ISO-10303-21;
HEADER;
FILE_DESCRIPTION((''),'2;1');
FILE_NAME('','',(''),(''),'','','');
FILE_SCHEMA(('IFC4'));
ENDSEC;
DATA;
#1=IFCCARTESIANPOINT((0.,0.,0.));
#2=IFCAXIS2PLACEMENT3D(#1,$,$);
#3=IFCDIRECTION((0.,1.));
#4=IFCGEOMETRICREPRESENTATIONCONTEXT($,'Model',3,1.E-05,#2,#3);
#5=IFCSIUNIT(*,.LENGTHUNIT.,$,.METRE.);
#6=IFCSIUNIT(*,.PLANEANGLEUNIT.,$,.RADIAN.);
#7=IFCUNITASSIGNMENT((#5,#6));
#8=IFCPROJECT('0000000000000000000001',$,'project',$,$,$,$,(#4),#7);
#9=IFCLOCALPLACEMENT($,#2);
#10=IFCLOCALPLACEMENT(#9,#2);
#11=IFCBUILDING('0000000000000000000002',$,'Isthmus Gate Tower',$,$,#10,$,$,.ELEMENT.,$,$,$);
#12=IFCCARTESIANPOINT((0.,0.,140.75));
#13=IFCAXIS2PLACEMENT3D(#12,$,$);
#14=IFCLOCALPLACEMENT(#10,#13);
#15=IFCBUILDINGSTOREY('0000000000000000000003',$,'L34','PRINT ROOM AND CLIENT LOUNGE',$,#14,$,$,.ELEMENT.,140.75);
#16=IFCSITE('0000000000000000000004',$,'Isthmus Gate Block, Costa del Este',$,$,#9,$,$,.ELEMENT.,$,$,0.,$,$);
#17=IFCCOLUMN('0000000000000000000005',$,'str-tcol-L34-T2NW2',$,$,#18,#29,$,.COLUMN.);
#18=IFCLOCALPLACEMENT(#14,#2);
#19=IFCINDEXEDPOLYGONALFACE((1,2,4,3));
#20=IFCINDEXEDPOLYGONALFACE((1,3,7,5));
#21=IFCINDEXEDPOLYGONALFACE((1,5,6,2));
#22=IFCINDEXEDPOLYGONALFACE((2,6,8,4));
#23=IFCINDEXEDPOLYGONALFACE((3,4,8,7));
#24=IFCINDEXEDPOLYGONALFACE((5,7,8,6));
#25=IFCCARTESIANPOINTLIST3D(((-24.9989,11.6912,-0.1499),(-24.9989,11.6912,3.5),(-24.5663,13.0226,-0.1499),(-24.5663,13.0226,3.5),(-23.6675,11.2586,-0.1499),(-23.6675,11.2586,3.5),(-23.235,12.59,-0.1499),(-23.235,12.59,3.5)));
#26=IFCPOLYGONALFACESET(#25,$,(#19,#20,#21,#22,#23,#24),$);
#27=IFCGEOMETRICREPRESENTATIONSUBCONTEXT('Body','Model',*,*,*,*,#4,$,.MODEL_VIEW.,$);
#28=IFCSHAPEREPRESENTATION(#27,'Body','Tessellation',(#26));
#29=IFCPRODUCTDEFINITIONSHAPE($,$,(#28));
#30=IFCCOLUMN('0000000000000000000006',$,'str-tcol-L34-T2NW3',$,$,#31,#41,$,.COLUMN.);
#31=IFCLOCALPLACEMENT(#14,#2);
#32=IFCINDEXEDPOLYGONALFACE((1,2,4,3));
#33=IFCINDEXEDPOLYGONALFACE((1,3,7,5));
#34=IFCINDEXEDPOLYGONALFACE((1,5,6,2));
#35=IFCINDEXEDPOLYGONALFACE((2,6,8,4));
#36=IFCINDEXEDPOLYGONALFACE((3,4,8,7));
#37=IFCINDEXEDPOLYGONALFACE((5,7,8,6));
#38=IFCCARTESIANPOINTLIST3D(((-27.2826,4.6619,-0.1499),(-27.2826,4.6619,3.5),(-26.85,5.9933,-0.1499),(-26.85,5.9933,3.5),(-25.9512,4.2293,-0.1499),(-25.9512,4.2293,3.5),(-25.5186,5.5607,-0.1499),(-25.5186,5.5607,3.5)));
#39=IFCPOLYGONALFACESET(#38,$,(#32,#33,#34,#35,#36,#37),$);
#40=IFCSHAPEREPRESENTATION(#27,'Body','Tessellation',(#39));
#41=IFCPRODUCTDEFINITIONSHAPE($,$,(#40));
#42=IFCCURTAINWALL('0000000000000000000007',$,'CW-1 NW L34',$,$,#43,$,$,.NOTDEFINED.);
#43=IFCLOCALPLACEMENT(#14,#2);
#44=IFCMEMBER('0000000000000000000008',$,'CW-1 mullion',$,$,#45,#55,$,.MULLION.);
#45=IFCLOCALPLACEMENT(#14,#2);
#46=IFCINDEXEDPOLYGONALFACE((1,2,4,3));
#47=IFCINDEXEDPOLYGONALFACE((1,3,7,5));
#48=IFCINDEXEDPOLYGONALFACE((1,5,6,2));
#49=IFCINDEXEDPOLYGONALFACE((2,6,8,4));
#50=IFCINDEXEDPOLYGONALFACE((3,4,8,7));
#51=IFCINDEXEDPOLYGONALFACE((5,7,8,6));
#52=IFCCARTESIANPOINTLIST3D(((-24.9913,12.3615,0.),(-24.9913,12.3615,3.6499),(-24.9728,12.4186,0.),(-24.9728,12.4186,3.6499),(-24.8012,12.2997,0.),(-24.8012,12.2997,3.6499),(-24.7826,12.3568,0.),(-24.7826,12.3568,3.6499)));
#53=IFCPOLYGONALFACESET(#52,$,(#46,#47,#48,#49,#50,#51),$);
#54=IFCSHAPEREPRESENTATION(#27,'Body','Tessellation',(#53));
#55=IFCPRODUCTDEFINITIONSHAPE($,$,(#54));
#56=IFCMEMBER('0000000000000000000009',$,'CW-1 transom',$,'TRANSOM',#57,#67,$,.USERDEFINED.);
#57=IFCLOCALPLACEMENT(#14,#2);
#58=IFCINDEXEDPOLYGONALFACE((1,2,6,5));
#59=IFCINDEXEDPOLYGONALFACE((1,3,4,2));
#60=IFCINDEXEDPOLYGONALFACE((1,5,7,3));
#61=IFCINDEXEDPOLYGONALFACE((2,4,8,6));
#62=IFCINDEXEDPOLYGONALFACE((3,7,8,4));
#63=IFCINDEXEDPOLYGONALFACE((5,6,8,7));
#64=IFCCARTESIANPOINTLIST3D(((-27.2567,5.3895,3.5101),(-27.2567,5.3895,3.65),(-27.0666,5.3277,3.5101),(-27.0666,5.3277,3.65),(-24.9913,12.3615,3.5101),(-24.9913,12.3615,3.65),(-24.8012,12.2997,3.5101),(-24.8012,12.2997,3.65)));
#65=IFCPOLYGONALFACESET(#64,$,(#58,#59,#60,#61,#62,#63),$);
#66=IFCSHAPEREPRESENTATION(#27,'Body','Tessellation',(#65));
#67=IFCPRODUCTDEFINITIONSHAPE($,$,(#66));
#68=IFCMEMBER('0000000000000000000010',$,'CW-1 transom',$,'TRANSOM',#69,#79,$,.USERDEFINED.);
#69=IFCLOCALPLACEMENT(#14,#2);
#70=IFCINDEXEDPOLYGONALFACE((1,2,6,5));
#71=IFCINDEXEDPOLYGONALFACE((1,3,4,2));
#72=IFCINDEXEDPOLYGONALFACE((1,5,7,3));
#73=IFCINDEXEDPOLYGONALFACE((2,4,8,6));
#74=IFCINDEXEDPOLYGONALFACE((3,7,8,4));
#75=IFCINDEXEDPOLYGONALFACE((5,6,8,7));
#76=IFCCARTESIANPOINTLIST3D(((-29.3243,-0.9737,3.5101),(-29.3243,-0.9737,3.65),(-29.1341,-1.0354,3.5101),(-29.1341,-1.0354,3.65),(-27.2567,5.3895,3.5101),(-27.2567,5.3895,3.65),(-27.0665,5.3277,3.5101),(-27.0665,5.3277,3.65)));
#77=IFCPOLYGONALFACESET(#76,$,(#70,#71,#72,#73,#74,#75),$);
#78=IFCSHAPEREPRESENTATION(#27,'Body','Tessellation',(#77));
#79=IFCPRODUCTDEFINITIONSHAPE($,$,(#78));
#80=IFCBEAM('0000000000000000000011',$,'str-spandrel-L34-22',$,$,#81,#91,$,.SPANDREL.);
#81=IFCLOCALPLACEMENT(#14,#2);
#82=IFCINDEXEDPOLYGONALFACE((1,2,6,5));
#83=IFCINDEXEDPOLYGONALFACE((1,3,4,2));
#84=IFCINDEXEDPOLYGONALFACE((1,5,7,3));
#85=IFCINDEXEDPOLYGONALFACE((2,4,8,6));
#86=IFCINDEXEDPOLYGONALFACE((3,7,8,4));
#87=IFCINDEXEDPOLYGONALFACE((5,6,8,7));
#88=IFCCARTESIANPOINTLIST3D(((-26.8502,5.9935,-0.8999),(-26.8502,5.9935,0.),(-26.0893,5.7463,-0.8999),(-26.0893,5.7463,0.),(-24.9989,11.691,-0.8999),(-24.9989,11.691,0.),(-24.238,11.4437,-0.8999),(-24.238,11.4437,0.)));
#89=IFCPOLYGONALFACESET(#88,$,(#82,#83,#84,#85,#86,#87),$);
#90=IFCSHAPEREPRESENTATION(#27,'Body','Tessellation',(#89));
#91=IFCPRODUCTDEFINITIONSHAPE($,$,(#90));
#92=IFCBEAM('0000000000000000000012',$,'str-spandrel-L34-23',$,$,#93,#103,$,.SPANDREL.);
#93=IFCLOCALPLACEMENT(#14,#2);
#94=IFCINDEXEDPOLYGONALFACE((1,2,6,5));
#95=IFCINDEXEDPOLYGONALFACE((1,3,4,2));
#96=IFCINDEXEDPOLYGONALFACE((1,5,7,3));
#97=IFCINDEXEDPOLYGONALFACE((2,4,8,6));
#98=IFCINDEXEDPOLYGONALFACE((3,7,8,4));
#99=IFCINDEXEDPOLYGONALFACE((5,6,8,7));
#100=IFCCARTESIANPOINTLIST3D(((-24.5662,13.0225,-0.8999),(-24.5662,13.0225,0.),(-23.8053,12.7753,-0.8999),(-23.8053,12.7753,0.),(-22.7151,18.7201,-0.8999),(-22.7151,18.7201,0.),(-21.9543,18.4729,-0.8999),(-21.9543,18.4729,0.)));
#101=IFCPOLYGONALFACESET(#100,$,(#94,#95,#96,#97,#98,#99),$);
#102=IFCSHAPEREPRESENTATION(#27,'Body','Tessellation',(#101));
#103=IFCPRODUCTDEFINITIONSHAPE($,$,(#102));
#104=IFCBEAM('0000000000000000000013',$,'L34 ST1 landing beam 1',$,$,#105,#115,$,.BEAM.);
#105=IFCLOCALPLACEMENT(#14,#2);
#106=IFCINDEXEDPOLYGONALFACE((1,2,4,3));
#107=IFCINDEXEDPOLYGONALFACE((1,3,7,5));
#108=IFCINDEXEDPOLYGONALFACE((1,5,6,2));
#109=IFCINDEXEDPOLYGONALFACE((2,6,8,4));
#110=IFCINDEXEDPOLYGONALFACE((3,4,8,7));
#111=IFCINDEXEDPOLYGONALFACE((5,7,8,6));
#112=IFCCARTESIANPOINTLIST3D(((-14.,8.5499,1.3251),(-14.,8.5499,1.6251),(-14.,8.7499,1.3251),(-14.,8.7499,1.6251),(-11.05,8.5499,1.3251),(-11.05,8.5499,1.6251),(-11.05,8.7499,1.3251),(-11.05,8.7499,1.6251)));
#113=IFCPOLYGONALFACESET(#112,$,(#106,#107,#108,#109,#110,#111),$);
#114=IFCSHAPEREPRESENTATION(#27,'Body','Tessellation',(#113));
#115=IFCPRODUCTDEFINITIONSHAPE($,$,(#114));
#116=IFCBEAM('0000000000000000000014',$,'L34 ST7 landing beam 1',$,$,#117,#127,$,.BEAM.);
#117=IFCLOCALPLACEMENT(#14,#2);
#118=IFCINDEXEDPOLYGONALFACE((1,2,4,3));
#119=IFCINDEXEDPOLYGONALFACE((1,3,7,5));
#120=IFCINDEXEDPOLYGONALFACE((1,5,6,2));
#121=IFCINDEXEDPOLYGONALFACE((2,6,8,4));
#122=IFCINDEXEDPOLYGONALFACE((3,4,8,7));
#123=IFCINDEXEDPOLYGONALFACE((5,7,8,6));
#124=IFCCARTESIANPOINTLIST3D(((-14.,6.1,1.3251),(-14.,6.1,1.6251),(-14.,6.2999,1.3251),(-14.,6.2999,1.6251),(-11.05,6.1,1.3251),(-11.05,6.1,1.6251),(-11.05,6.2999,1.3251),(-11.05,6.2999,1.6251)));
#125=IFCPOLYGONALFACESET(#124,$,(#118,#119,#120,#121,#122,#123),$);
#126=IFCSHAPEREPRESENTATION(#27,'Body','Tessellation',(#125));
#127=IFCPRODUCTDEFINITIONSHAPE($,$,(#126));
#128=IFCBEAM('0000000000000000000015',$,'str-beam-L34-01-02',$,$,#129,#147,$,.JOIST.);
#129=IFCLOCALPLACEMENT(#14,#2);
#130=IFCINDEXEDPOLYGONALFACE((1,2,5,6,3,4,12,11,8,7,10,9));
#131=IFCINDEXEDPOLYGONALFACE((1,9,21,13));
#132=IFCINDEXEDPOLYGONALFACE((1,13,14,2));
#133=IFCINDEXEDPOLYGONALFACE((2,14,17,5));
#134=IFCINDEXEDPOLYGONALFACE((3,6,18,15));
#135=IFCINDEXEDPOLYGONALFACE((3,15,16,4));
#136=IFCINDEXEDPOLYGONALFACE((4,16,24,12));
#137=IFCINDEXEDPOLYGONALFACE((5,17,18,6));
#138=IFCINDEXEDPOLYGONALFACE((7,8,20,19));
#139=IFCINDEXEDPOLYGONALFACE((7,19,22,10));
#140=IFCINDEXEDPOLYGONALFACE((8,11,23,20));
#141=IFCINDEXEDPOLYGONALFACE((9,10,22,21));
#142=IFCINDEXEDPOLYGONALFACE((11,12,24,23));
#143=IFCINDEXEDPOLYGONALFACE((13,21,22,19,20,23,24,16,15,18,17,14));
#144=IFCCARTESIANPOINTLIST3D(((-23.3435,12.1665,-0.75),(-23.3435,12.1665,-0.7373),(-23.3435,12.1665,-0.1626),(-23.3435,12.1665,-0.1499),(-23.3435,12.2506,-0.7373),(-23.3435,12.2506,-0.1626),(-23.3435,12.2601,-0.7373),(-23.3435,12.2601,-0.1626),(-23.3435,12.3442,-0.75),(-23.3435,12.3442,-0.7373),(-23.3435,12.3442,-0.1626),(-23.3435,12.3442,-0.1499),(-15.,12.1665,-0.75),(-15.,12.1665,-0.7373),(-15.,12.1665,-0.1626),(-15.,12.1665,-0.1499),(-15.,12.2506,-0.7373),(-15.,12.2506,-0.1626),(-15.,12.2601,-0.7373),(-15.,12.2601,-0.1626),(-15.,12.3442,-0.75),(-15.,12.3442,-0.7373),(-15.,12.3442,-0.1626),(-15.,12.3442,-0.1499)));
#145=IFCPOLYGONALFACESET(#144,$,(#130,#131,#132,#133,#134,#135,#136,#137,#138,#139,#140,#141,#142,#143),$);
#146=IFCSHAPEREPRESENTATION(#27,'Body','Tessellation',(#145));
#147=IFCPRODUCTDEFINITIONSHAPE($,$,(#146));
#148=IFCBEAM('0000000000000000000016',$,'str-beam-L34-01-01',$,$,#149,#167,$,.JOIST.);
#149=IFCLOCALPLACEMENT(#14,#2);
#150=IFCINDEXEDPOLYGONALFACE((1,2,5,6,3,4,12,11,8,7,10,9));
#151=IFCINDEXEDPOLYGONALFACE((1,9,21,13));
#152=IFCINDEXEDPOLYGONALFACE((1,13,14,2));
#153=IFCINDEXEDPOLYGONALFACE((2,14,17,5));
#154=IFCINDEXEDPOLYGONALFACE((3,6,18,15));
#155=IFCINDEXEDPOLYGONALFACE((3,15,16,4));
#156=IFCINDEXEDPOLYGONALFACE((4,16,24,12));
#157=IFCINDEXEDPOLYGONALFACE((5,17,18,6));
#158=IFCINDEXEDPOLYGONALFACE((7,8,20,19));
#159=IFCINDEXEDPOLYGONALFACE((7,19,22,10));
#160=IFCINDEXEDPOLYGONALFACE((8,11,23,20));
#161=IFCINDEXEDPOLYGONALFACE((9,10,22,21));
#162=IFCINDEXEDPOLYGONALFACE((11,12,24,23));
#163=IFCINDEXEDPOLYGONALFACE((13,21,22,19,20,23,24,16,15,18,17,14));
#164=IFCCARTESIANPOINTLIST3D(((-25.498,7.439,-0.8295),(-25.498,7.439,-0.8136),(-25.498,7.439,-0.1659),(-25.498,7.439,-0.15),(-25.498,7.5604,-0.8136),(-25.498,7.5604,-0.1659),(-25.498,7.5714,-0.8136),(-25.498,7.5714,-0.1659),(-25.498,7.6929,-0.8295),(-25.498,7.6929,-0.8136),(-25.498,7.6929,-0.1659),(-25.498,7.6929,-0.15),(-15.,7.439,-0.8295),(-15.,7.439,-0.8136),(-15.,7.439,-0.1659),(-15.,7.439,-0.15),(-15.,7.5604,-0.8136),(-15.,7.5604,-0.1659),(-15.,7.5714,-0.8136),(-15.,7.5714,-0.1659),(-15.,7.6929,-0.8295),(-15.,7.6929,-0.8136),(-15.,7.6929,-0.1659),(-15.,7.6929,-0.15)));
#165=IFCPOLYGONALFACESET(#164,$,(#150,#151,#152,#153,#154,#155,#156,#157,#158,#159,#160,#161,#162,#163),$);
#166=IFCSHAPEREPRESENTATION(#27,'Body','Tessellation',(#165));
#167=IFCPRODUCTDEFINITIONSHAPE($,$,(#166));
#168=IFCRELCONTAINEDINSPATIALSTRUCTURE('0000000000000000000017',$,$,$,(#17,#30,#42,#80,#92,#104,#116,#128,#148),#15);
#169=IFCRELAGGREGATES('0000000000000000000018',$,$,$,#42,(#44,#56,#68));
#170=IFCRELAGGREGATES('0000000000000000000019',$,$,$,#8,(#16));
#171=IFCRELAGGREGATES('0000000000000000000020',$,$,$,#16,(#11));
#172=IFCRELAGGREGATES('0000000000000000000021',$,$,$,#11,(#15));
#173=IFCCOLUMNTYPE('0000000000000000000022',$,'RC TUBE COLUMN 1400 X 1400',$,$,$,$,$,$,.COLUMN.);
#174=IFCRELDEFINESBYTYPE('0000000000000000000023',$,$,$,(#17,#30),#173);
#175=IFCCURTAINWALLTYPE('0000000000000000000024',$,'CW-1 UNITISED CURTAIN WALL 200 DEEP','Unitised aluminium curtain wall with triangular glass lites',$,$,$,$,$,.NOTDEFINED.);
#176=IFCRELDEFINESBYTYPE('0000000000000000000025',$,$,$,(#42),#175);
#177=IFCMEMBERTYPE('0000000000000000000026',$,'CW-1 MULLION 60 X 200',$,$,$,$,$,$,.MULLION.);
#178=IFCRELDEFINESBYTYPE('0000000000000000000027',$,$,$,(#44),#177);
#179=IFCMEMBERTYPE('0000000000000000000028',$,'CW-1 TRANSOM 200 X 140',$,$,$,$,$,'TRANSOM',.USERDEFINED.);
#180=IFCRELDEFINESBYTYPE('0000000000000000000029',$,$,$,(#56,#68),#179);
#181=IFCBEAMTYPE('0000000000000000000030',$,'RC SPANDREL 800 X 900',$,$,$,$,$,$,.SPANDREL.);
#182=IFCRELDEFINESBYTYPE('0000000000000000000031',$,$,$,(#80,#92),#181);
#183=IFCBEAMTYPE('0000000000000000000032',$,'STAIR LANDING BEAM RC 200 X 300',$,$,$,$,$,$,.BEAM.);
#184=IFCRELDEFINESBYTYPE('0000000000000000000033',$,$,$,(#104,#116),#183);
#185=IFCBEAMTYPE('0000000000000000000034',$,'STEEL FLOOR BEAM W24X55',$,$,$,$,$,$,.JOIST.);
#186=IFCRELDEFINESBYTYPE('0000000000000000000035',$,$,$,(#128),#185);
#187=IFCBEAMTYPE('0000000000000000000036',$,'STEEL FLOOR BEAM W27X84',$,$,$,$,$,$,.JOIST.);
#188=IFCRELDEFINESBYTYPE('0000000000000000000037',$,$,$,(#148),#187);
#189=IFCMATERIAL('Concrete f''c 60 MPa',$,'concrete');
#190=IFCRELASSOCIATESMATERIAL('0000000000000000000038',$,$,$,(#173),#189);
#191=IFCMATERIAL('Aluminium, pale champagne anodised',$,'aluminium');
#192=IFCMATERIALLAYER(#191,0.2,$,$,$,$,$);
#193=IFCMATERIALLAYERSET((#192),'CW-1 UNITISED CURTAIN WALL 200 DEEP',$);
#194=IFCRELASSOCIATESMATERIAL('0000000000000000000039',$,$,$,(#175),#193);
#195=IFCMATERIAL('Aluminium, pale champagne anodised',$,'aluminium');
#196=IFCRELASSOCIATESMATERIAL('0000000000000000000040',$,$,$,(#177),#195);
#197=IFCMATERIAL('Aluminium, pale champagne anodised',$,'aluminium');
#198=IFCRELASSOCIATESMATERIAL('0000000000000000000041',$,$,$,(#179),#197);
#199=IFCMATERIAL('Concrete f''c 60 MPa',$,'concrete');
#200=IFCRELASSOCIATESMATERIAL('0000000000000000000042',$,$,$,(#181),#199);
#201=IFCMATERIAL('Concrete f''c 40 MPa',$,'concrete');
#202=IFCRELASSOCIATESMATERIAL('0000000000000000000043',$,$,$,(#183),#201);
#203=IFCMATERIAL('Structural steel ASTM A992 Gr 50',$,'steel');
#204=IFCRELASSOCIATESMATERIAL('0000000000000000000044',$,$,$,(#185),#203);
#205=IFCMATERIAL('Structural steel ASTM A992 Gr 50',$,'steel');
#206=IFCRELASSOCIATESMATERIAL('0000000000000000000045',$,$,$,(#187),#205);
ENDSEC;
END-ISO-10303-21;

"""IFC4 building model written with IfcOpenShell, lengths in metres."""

from ifc_helpers import new_model, si_unit, direction, frame, origin, origin_2d, place, context, subcontext, project, spatial, rectangle, i_section, extrude, material, layer, layer_set, material_profile, profile_set, type_object, element, aggregate, save


model = new_model("IFC4")

# Units and contexts
model_context = context("Model", 3, precision=1e-05, world=origin(), true_north=direction((0.0, 1.0)))
body_context = subcontext(model_context, "Body", "Model", "MODEL_VIEW")
ifc_project = project(units=[si_unit("LENGTHUNIT", "METRE"), si_unit("PLANEANGLEUNIT", "RADIAN")], contexts=[model_context])

# Site, building, storey
site_placement = place(None, origin())
site = spatial("IfcSite", under=ifc_project, at=site_placement, Name="Isthmus Gate Block, Costa del Este", CompositionType="ELEMENT", RefElevation=0.0)
building_placement = place(site_placement, origin())
building = spatial("IfcBuilding", under=site, at=building_placement, Name="Isthmus Gate Tower", CompositionType="ELEMENT")
storey_placement = place(building_placement, frame((0.0, 0.0, 140.75)))
storey = spatial("IfcBuildingStorey", under=building, at=storey_placement, Name="L34", Description="PRINT ROOM AND CLIENT LOUNGE", CompositionType="ELEMENT", Elevation=140.75)

# Columns
ifc_material_1 = material(Name="Concrete f'c 60 MPa", Category="concrete")
ifc_material_profile_1 = material_profile(ifc_material_1, rectangle(XDim=1.3999, YDim=1.3999, at=origin_2d()), Name="RC 1400X1400")
ifc_profile_set_1 = profile_set([ifc_material_profile_1], Name="Concrete f'c 60 MPa")
column_type = type_object("IfcColumnType", Name="RC TUBE COLUMN 1400 X 1400", PredefinedType="COLUMN", material=ifc_profile_set_1)
for number, where, z_axis, x_axis, name in (
    (1, (-24.1169, 12.1406, -0.1499), (0.0, 0.0, 1.0), (-0.309017, -0.951057, 0.0), "str-tcol-L34-T2NW2"),
    (2, (-26.4006, 5.1113, -0.1499), (0.0, 0.0, 1.0), (-0.309017, -0.951057, 0.0), "str-tcol-L34-T2NW3"),
):
    element("IfcColumn", number, at=place(storey_placement, frame(where, z_axis=z_axis, x_axis=x_axis)), inside=storey, type_object=column_type, Name=name, PredefinedType="COLUMN", context=body_context, shape_type="SweptSolid", body=[
        extrude(rectangle(XDim=1.3999, YDim=1.3999, at=origin_2d()), origin(), (0.0, 0.0, 1.0), 3.6499),
    ])

# Curtain wall, members
ifc_material_2 = material(Name="Aluminium, pale champagne anodised", Category="aluminium")
ifc_layer_1 = layer(ifc_material_2, 0.2)
ifc_layer_set_1 = layer_set([ifc_layer_1], Name="CW-1 UNITISED CURTAIN WALL 200 DEEP")
curtain_wall_type = type_object("IfcCurtainWallType", Name="CW-1 UNITISED CURTAIN WALL 200 DEEP", Description="Unitised aluminium curtain wall with triangular glass lites", PredefinedType="NOTDEFINED", material=ifc_layer_set_1)
curtain_wall_placement = place(storey_placement, origin())
curtain_wall = element("IfcCurtainWall", 3, at=curtain_wall_placement, inside=storey, type_object=curtain_wall_type, Name="CW-1 NW L34", PredefinedType="NOTDEFINED")
ifc_material_3 = material(Name="Aluminium, pale champagne anodised", Category="aluminium")
ifc_material_profile_2 = material_profile(ifc_material_3, rectangle(XDim=0.0601, YDim=0.2, at=origin_2d()), Name="60x200")
ifc_profile_set_2 = profile_set([ifc_material_profile_2], Name="Aluminium, pale champagne anodised")
member_type_1 = type_object("IfcMemberType", Name="CW-1 MULLION 60 X 200", PredefinedType="MULLION", material=ifc_profile_set_2)
member_1_placement = place(storey_placement, frame((-24.887, 12.3591, 0.0), z_axis=(0.0, 0.0, 1.0), x_axis=(-0.309017, -0.951057, 0.0)))
member_1 = element("IfcMember", 4, at=member_1_placement, type_object=member_type_1, Name="CW-1 mullion", PredefinedType="MULLION", context=body_context, shape_type="SweptSolid", body=[
    extrude(rectangle(XDim=0.0601, YDim=0.2, at=origin_2d()), origin(), (0.0, 0.0, 1.0), 3.6499),
])
ifc_material_4 = material(Name="Aluminium, pale champagne anodised", Category="aluminium")
ifc_material_profile_3 = material_profile(ifc_material_4, rectangle(XDim=0.2, YDim=0.1399, at=origin_2d()), Name="200x140")
ifc_profile_set_3 = profile_set([ifc_material_profile_3], Name="Aluminium, pale champagne anodised")
member_type_2 = type_object("IfcMemberType", Name="CW-1 TRANSOM 200 X 140", ElementType="TRANSOM", PredefinedType="USERDEFINED", material=ifc_profile_set_3)
member_2_placement = place(storey_placement, frame((-24.8962, 12.3306, 3.5801), z_axis=(-0.309025, -0.951054, 0.0), x_axis=(0.951054, -0.309025, 0.0)))
member_2 = element("IfcMember", 5, at=member_2_placement, type_object=member_type_2, Name="CW-1 transom", ObjectType="TRANSOM", PredefinedType="USERDEFINED", context=body_context, shape_type="SweptSolid", body=[
    extrude(rectangle(XDim=0.2, YDim=0.1399, at=origin_2d()), origin(), (0.0, 0.0, 1.0), 7.3308),
])
member_3_placement = place(storey_placement, frame((-27.1616, 5.3586, 3.5801), z_axis=(-0.309027, -0.951053, 0.0), x_axis=(0.951053, -0.309027, 0.0)))
member_3 = element("IfcMember", 6, at=member_3_placement, type_object=member_type_2, Name="CW-1 transom", ObjectType="TRANSOM", PredefinedType="USERDEFINED", context=body_context, shape_type="SweptSolid", body=[
    extrude(rectangle(XDim=0.2, YDim=0.1399, at=origin_2d()), origin(), (0.0, 0.0, 1.0), 6.6907),
])

# Beams
ifc_material_5 = material(Name="Concrete f'c 60 MPa", Category="concrete")
ifc_material_profile_4 = material_profile(ifc_material_5, rectangle(XDim=0.8, YDim=0.8999, at=origin_2d()), Name="RC 800X900")
ifc_profile_set_4 = profile_set([ifc_material_profile_4], Name="Concrete f'c 60 MPa")
beam_type_1 = type_object("IfcBeamType", Name="RC SPANDREL 800 X 900", PredefinedType="SPANDREL", material=ifc_profile_set_4)
for number, where, z_axis, x_axis, name in (
    (7, (-26.4697, 5.8699, -0.45), (0.30903, 0.951052, 0.0), (-0.951052, 0.30903, 0.0), "str-spandrel-L34-22"),
    (8, (-24.1858, 12.8989, -0.45), (0.308993, 0.951064, 0.0), (-0.951064, 0.308993, 0.0), "str-spandrel-L34-23"),
):
    element("IfcBeam", number, at=place(storey_placement, frame(where, z_axis=z_axis, x_axis=x_axis)), inside=storey, type_object=beam_type_1, Name=name, PredefinedType="SPANDREL", context=body_context, shape_type="SweptSolid", body=[
        extrude(rectangle(XDim=0.8, YDim=0.8999, at=origin_2d()), origin(), (0.0, 0.0, 1.0), 5.9907),
    ])
ifc_material_6 = material(Name="Concrete f'c 40 MPa", Category="concrete")
ifc_material_profile_5 = material_profile(ifc_material_6, rectangle(XDim=0.2, YDim=0.3, at=origin_2d()), Name="STAIR LANDING BEAM RC 200 X 300")
ifc_profile_set_5 = profile_set([ifc_material_profile_5], Name="Concrete f'c 40 MPa")
beam_type_2 = type_object("IfcBeamType", Name="STAIR LANDING BEAM RC 200 X 300", PredefinedType="BEAM", material=ifc_profile_set_5)
for number, where, z_axis, x_axis, name in (
    (9, (-14.0, 8.6499, 1.4751), (1.0, 0.0, 0.0), (0.0, 1.0, 0.0), "L34 ST1 landing beam 1"),
    (10, (-14.0, 6.2, 1.4751), (1.0, 0.0, 0.0), (0.0, 1.0, 0.0), "L34 ST7 landing beam 1"),
):
    element("IfcBeam", number, at=place(storey_placement, frame(where, z_axis=z_axis, x_axis=x_axis)), inside=storey, type_object=beam_type_2, Name=name, PredefinedType="BEAM", context=body_context, shape_type="SweptSolid", body=[
        extrude(rectangle(XDim=0.2, YDim=0.3, at=origin_2d()), origin(), (0.0, 0.0, 1.0), 2.95),
    ])
ifc_material_7 = material(Name="Structural steel ASTM A992 Gr 50", Category="steel")
ifc_material_profile_6 = material_profile(ifc_material_7, i_section(OverallWidth=0.1777, OverallDepth=0.6001, WebThickness=0.0095, FlangeThickness=0.0127, at=origin_2d()), Name="W24X55")
ifc_profile_set_6 = profile_set([ifc_material_profile_6], Name="Structural steel ASTM A992 Gr 50")
beam_type_3 = type_object("IfcBeamType", Name="STEEL FLOOR BEAM W24X55", PredefinedType="JOIST", material=ifc_profile_set_6)
beam_1_placement = place(storey_placement, frame((-23.3435, 12.2554, -0.45), z_axis=(1.0, 0.0, 0.0), x_axis=(0.0, 1.0, 0.0)))
element("IfcBeam", 11, at=beam_1_placement, inside=storey, type_object=beam_type_3, Name="str-beam-L34-01-02", PredefinedType="JOIST", context=body_context, shape_type="SweptSolid", body=[
    extrude(i_section(OverallWidth=0.1777, OverallDepth=0.6001, WebThickness=0.0095, FlangeThickness=0.0127, at=origin_2d()), origin(), (0.0, 0.0, 1.0), 8.3435),
])
ifc_material_8 = material(Name="Structural steel ASTM A992 Gr 50", Category="steel")
ifc_material_profile_7 = material_profile(ifc_material_8, i_section(OverallWidth=0.2539, OverallDepth=0.6794, WebThickness=0.011, FlangeThickness=0.0159, at=origin_2d()), Name="W27X84")
ifc_profile_set_7 = profile_set([ifc_material_profile_7], Name="Structural steel ASTM A992 Gr 50")
beam_type_4 = type_object("IfcBeamType", Name="STEEL FLOOR BEAM W27X84", PredefinedType="JOIST", material=ifc_profile_set_7)
beam_2_placement = place(storey_placement, frame((-25.498, 7.5659, -0.4897), z_axis=(1.0, 0.0, 0.0), x_axis=(0.0, 1.0, 0.0)))
element("IfcBeam", 12, at=beam_2_placement, inside=storey, type_object=beam_type_4, Name="str-beam-L34-01-01", PredefinedType="JOIST", context=body_context, shape_type="SweptSolid", body=[
    extrude(i_section(OverallWidth=0.2539, OverallDepth=0.6794, WebThickness=0.011, FlangeThickness=0.0159, at=origin_2d()), origin(), (0.0, 0.0, 1.0), 10.498),
])

aggregate(curtain_wall, [member_1, member_2, member_3])

save(model, "model.ifc")
